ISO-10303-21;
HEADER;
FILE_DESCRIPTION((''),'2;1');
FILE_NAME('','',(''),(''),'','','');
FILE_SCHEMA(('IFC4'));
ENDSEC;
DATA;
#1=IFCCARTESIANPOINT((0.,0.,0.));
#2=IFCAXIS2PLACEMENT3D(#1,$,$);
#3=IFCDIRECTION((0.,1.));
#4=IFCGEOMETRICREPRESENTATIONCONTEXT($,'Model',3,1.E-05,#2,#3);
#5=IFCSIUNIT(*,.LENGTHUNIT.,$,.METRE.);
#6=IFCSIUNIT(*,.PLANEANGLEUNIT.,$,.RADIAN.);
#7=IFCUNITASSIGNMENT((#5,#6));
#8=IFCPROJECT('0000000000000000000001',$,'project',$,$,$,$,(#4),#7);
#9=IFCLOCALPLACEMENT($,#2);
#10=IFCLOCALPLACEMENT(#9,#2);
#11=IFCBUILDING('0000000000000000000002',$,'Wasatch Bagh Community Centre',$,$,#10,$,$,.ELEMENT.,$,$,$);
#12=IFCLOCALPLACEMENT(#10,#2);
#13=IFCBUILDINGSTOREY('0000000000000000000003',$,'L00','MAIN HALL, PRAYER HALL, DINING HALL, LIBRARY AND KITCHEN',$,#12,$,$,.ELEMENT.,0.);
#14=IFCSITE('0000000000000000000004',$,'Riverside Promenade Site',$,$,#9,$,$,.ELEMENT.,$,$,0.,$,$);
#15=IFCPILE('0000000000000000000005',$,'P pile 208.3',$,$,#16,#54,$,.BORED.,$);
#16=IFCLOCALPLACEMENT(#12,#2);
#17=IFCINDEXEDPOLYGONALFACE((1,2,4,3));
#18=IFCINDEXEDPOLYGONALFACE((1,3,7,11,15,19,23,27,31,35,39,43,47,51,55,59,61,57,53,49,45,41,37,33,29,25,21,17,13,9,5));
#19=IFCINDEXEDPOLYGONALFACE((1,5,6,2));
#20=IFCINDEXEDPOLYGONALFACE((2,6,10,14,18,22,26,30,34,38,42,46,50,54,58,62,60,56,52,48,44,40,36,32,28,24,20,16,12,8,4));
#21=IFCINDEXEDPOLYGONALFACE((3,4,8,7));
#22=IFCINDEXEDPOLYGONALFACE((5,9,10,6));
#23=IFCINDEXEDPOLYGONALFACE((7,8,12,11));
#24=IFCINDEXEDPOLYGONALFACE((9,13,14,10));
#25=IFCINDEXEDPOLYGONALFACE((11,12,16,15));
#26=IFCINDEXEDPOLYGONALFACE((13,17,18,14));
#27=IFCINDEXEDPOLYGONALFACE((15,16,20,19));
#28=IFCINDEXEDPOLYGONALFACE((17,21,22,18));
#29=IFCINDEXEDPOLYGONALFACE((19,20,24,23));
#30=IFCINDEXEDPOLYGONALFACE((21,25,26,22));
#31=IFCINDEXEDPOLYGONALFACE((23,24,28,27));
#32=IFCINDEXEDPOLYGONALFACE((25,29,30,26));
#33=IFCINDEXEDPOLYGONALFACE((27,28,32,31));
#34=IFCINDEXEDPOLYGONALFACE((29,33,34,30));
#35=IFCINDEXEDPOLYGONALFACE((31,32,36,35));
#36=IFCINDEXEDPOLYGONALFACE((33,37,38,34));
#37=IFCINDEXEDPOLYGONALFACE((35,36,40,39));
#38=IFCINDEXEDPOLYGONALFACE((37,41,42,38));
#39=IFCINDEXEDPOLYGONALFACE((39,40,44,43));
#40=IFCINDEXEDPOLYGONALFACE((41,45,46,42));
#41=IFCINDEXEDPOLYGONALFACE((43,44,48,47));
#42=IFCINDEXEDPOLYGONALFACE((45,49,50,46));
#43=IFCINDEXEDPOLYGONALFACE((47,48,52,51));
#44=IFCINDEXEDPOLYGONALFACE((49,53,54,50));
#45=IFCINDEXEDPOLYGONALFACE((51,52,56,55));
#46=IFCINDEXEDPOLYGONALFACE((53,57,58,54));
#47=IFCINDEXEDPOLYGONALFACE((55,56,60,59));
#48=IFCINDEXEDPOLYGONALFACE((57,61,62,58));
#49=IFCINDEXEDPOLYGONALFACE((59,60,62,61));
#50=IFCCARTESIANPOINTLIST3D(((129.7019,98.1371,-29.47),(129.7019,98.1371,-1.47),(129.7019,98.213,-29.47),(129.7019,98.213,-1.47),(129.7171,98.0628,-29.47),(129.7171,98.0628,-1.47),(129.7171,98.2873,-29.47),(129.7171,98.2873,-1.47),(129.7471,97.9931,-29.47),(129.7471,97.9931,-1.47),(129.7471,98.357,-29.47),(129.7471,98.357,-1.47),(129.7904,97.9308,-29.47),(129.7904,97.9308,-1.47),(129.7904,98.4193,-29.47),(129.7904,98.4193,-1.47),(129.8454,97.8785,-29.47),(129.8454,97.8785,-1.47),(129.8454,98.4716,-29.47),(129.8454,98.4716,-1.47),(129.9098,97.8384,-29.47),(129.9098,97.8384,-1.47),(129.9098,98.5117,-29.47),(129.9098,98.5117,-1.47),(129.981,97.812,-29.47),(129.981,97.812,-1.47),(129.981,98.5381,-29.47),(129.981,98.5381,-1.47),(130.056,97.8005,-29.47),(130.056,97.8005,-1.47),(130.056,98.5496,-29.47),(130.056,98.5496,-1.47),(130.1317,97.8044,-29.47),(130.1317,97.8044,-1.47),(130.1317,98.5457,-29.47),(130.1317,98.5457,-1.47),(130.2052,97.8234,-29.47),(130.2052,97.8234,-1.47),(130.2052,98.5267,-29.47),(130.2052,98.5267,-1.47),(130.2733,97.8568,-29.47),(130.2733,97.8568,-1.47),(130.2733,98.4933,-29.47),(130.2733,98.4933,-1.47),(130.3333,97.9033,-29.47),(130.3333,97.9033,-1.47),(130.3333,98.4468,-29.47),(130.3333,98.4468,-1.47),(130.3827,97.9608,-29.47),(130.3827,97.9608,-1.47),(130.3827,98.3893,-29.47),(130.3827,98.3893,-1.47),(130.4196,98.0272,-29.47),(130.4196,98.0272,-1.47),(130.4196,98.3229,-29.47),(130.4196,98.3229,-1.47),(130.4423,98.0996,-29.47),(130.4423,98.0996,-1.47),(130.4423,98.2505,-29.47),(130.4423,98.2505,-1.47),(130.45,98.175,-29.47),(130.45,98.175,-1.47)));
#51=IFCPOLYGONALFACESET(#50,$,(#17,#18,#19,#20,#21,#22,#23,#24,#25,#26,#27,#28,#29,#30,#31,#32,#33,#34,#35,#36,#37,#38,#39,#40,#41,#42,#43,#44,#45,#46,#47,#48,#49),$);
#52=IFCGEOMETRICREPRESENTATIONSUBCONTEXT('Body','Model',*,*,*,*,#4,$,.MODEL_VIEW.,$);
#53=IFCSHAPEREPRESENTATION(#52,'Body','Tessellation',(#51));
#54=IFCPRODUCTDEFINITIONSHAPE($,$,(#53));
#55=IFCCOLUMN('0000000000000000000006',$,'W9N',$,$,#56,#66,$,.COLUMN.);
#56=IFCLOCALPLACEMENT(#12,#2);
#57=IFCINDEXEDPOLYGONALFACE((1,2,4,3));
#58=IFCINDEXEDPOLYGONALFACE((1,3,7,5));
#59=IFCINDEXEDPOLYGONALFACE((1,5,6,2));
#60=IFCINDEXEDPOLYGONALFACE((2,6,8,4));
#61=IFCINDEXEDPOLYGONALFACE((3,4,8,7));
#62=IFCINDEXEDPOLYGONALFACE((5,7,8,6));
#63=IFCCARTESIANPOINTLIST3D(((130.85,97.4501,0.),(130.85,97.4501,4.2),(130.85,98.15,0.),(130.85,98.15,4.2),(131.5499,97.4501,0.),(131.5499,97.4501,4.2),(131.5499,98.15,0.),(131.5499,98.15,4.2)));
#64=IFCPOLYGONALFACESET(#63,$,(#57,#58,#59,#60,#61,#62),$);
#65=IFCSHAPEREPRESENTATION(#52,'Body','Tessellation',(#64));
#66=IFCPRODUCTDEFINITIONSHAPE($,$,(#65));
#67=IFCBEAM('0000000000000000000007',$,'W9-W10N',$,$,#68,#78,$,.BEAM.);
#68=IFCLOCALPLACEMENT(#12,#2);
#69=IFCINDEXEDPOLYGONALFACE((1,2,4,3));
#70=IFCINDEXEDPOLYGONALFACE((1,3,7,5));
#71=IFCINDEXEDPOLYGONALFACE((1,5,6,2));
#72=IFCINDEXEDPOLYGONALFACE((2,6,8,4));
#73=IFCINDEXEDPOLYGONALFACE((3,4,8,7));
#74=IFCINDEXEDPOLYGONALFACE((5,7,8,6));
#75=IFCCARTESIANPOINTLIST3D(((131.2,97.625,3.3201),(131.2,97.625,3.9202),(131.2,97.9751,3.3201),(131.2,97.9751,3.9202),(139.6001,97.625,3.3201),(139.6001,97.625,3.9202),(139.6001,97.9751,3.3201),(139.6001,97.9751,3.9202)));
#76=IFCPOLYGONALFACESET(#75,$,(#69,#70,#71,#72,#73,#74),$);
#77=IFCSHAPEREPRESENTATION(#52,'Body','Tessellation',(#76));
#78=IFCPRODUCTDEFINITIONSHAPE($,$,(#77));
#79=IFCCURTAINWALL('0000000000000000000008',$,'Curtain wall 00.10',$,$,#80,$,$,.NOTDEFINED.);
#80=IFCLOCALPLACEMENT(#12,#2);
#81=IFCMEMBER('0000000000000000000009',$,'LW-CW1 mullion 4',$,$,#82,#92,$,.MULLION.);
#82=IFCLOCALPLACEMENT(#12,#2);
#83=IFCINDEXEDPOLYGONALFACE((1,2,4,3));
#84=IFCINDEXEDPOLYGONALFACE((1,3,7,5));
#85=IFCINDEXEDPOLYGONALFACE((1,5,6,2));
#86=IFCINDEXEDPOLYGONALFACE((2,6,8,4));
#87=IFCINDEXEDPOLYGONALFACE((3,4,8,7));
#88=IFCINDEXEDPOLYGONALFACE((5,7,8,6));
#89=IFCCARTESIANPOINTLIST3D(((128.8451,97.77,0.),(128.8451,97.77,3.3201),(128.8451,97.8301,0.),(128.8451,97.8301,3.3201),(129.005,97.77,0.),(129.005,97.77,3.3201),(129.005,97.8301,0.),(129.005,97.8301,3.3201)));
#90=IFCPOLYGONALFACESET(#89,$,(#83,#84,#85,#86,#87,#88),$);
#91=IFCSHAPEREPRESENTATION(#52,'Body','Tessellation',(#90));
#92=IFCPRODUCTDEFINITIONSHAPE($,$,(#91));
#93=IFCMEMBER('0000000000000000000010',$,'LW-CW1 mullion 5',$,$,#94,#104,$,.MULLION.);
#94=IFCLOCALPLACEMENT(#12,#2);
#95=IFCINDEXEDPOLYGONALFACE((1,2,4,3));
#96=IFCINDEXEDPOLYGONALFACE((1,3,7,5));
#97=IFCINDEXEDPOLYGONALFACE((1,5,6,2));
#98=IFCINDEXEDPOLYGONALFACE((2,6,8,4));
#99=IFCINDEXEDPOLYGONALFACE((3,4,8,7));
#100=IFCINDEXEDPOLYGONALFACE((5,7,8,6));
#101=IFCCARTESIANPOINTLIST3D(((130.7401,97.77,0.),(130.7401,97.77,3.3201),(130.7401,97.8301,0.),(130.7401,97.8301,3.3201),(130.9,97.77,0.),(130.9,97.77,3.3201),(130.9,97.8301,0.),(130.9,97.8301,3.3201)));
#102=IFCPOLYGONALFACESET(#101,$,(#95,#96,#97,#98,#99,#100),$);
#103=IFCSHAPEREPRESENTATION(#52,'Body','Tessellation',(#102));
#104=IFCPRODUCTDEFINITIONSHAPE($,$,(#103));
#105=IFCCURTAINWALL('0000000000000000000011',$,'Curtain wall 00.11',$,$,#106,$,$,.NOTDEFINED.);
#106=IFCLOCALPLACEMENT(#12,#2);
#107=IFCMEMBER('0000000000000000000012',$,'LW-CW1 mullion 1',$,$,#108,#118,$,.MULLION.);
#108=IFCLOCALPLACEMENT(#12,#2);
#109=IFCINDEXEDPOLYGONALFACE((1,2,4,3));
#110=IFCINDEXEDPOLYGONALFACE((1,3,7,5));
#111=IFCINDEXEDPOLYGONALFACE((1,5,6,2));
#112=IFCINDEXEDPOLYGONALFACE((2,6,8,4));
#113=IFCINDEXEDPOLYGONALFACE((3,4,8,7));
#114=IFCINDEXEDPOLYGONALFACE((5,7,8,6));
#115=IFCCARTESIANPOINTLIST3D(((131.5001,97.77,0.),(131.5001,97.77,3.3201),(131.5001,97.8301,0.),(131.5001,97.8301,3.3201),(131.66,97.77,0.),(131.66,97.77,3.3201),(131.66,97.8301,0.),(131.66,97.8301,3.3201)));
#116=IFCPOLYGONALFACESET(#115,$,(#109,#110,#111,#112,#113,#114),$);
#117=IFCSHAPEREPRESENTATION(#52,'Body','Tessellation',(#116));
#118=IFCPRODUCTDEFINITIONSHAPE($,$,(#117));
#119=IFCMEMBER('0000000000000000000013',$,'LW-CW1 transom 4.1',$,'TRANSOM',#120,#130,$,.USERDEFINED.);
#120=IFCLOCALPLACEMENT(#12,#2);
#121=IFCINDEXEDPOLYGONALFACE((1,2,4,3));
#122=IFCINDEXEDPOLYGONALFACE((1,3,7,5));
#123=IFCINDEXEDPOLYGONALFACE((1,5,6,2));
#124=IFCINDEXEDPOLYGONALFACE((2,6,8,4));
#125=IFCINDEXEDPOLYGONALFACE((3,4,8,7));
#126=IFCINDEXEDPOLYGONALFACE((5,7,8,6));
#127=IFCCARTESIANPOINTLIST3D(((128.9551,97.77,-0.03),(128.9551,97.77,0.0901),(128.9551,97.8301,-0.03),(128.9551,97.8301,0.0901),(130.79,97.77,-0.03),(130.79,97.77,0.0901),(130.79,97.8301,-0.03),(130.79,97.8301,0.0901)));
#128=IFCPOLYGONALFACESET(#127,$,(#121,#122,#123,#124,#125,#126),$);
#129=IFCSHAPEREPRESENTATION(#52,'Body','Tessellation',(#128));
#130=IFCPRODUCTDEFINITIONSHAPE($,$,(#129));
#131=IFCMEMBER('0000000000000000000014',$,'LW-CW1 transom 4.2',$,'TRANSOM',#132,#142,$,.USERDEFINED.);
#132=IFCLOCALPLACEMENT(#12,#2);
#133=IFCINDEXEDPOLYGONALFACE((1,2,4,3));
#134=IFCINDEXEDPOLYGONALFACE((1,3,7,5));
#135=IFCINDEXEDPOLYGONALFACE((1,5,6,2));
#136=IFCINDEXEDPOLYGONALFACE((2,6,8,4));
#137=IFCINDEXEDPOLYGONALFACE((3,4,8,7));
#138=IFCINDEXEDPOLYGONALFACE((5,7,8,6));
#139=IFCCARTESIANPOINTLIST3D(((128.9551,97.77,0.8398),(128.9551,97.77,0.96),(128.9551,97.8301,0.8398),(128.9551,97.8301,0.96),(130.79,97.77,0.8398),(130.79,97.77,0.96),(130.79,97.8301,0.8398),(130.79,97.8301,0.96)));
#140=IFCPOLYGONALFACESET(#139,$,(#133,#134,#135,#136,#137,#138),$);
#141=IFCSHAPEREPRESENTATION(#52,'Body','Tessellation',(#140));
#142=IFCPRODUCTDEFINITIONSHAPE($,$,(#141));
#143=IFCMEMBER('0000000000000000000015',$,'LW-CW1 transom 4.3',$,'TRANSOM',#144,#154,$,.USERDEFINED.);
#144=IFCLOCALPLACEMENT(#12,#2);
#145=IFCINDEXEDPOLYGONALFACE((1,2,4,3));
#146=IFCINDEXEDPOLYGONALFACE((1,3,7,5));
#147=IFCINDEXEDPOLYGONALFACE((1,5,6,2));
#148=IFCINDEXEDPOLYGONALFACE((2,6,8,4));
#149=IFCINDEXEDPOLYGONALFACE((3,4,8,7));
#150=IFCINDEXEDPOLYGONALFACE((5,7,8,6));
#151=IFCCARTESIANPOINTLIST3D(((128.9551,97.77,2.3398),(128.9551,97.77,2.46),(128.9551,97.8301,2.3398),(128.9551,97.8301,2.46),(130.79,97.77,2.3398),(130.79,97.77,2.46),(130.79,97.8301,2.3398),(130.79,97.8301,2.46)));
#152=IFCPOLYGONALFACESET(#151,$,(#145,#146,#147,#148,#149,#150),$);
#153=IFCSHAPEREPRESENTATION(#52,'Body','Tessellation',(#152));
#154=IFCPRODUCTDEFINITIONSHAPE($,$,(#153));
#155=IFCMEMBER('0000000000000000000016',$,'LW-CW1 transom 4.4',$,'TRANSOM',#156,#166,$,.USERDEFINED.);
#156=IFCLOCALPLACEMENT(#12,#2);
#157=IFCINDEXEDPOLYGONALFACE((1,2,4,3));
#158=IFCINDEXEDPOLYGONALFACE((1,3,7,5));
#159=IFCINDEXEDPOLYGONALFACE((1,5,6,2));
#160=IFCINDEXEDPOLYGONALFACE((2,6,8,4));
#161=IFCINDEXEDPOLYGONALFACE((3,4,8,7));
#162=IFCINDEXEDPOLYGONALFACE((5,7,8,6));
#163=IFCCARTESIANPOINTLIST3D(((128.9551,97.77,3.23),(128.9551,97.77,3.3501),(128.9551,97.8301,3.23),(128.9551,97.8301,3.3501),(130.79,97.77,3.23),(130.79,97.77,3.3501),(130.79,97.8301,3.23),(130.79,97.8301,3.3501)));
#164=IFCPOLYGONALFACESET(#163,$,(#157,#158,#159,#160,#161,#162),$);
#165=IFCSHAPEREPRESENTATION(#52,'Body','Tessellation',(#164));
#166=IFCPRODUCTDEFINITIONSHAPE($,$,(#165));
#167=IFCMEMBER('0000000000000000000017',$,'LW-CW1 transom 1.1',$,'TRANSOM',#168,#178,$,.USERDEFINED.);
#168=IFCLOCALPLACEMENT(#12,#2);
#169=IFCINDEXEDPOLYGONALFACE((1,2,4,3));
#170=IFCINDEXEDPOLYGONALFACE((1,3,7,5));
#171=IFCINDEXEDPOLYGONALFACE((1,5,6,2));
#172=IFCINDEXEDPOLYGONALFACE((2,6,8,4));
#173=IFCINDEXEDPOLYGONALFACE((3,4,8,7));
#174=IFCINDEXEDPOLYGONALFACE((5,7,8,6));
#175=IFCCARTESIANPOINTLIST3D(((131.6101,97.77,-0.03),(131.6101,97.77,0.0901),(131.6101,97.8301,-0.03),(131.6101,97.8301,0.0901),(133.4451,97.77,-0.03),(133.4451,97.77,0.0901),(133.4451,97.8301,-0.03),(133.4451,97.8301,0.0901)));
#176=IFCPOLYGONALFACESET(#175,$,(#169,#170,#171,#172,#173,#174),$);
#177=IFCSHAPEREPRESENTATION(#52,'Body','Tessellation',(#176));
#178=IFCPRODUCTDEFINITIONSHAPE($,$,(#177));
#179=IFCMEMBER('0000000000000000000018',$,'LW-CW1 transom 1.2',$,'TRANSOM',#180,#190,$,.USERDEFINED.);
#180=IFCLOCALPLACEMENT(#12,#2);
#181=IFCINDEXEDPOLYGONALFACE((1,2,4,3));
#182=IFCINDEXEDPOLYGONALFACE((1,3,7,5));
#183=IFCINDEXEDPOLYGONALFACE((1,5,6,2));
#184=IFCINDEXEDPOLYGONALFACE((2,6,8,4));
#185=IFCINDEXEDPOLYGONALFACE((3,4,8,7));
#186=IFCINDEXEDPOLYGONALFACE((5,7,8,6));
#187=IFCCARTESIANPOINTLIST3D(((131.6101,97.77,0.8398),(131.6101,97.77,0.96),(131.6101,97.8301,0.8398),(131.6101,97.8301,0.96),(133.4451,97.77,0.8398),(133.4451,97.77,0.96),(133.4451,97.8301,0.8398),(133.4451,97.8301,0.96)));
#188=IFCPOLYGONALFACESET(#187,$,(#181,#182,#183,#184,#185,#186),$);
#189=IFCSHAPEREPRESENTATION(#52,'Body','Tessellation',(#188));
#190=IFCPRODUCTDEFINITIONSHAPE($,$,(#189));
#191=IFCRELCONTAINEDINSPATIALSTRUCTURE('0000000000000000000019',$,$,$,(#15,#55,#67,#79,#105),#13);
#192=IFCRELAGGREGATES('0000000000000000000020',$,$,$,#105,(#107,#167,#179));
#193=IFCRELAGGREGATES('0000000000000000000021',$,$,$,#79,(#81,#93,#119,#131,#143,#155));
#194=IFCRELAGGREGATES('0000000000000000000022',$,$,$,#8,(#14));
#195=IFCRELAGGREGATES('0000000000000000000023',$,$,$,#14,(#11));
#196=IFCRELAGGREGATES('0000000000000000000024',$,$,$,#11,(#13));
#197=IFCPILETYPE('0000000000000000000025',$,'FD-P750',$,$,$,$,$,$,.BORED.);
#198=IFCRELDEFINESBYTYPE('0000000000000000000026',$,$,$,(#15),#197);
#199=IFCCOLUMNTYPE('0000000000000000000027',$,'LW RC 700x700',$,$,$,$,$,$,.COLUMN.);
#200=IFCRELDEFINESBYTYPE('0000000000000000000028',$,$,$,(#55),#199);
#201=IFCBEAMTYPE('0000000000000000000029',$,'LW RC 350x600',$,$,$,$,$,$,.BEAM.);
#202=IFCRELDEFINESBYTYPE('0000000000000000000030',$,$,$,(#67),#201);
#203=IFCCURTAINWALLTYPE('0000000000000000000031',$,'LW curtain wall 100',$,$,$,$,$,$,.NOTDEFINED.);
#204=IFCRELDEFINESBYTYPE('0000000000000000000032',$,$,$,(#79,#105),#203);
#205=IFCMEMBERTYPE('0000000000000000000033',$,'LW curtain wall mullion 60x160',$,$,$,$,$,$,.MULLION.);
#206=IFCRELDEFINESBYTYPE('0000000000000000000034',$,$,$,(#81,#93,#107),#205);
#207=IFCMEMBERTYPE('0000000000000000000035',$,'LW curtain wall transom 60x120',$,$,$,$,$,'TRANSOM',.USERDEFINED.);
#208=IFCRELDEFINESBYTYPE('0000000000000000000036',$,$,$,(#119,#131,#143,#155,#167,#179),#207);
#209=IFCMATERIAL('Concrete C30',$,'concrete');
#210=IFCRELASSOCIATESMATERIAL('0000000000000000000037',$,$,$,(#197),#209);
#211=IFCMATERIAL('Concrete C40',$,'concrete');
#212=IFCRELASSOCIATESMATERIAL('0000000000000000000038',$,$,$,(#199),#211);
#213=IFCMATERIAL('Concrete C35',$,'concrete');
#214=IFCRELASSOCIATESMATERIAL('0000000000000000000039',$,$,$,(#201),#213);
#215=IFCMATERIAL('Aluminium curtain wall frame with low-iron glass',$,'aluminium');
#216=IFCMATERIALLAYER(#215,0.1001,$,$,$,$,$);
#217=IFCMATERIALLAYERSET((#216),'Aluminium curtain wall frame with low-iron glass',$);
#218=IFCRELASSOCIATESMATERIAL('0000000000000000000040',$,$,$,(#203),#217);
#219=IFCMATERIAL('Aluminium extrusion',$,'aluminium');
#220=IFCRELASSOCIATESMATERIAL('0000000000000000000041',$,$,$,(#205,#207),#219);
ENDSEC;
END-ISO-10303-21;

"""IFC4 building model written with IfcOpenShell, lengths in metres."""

from ifc_helpers import new_model, si_unit, direction, frame, origin, origin_2d, place, context, subcontext, project, spatial, rectangle, circle, extrude, material, layer, layer_set, material_profile, profile_set, type_object, element, aggregate, save


model = new_model("IFC4")

# Units and contexts
model_context = context("Model", 3, precision=1e-05, world=origin(), true_north=direction((0.0, 1.0)))
body_context = subcontext(model_context, "Body", "Model", "MODEL_VIEW")
ifc_project = project(units=[si_unit("LENGTHUNIT", "METRE"), si_unit("PLANEANGLEUNIT", "RADIAN")], contexts=[model_context])

# Site, building, storey
site_placement = place(None, origin())
site = spatial("IfcSite", under=ifc_project, at=site_placement, Name="Riverside Promenade Site", CompositionType="ELEMENT", RefElevation=0.0)
building_placement = place(site_placement, origin())
building = spatial("IfcBuilding", under=site, at=building_placement, Name="Wasatch Bagh Community Centre", CompositionType="ELEMENT")
storey_placement = place(building_placement, origin())
storey = spatial("IfcBuildingStorey", under=building, at=storey_placement, Name="L00", Description="MAIN HALL, PRAYER HALL, DINING HALL, LIBRARY AND KITCHEN", CompositionType="ELEMENT", Elevation=0.0)

# Pile
ifc_material_1 = material(Name="Concrete C30", Category="concrete")
ifc_material_profile_1 = material_profile(ifc_material_1, circle(Radius=0.375, at=origin_2d()), Name="RC D750")
ifc_profile_set_1 = profile_set([ifc_material_profile_1], Name="Concrete C30")
pile_type = type_object("IfcPileType", Name="FD-P750", PredefinedType="BORED", material=ifc_profile_set_1)
pile_placement = place(storey_placement, frame((130.075, 98.175, -1.47), z_axis=(0.0, 0.0, -1.0), x_axis=(1.0, 0.0, 0.0)))
element("IfcPile", 1, at=pile_placement, inside=storey, type_object=pile_type, Name="P pile 208.3", PredefinedType="BORED", context=body_context, shape_type="SweptSolid", body=[
    extrude(circle(Radius=0.375, at=origin_2d()), origin(), (0.0, 0.0, 1.0), 28.0),
])

# Column
ifc_material_2 = material(Name="Concrete C40", Category="concrete")
ifc_material_profile_2 = material_profile(ifc_material_2, rectangle(XDim=0.7, YDim=0.7, at=origin_2d()), Name="RC 700x700")
ifc_profile_set_2 = profile_set([ifc_material_profile_2], Name="Concrete C40")
column_type = type_object("IfcColumnType", Name="LW RC 700x700", PredefinedType="COLUMN", material=ifc_profile_set_2)
column_placement = place(storey_placement, frame((131.2, 97.8, 0.0), z_axis=(0.0, 0.0, 1.0), x_axis=(1.0, 0.0, 0.0)))
element("IfcColumn", 2, at=column_placement, inside=storey, type_object=column_type, Name="W9N", PredefinedType="COLUMN", context=body_context, shape_type="SweptSolid", body=[
    extrude(rectangle(XDim=0.7, YDim=0.7, at=origin_2d()), origin(), (0.0, 0.0, 1.0), 4.2),
])

# Beam
ifc_material_3 = material(Name="Concrete C35", Category="concrete")
ifc_material_profile_3 = material_profile(ifc_material_3, rectangle(XDim=0.3501, YDim=0.6001, at=origin_2d()), Name="RC 350x600")
ifc_profile_set_3 = profile_set([ifc_material_profile_3], Name="Concrete C35")
beam_type = type_object("IfcBeamType", Name="LW RC 350x600", PredefinedType="BEAM", material=ifc_profile_set_3)
beam_placement = place(storey_placement, frame((131.2, 97.8, 3.6201), z_axis=(1.0, 0.0, 0.0), x_axis=(0.0, 1.0, 0.0)))
element("IfcBeam", 3, at=beam_placement, inside=storey, type_object=beam_type, Name="W9-W10N", PredefinedType="BEAM", context=body_context, shape_type="SweptSolid", body=[
    extrude(rectangle(XDim=0.3501, YDim=0.6001, at=origin_2d()), origin(), (0.0, 0.0, 1.0), 8.4001),
])

# Curtain wall, members
ifc_material_4 = material(Name="Aluminium curtain wall frame with low-iron glass", Category="aluminium")
ifc_layer_1 = layer(ifc_material_4, 0.1001)
ifc_layer_set_1 = layer_set([ifc_layer_1], Name="Aluminium curtain wall frame with low-iron glass")
curtain_wall_type = type_object("IfcCurtainWallType", Name="LW curtain wall 100", PredefinedType="NOTDEFINED", material=ifc_layer_set_1)
curtain_wall_1_placement = place(storey_placement, origin())
curtain_wall_1 = element("IfcCurtainWall", 4, at=curtain_wall_1_placement, inside=storey, type_object=curtain_wall_type, Name="Curtain wall 00.10", PredefinedType="NOTDEFINED")
ifc_material_5 = material(Name="Aluminium extrusion", Category="aluminium")
ifc_material_profile_4 = material_profile(ifc_material_5, rectangle(XDim=0.0601, YDim=0.1599, at=origin_2d()), Name="AL 60x160")
ifc_profile_set_4 = profile_set([ifc_material_profile_4], Name="Aluminium extrusion")
member_type_1 = type_object("IfcMemberType", Name="LW curtain wall mullion 60x160", PredefinedType="MULLION", material=ifc_profile_set_4)
member_1_placement = place(storey_placement, frame((128.925, 97.8, 0.0), z_axis=(0.0, 0.0, 1.0), x_axis=(0.0, 1.0, 0.0)))
member_1 = element("IfcMember", 5, at=member_1_placement, type_object=member_type_1, Name="LW-CW1 mullion 4", PredefinedType="MULLION", context=body_context, shape_type="SweptSolid", body=[
    extrude(rectangle(XDim=0.0601, YDim=0.1599, at=origin_2d()), origin(), (0.0, 0.0, 1.0), 3.3201),
])
member_2_placement = place(storey_placement, frame((130.8201, 97.8, 0.0), z_axis=(0.0, 0.0, 1.0), x_axis=(0.0, 1.0, 0.0)))
member_2 = element("IfcMember", 6, at=member_2_placement, type_object=member_type_1, Name="LW-CW1 mullion 5", PredefinedType="MULLION", context=body_context, shape_type="SweptSolid", body=[
    extrude(rectangle(XDim=0.0601, YDim=0.1599, at=origin_2d()), origin(), (0.0, 0.0, 1.0), 3.3201),
])

# Curtain wall, member
curtain_wall_2_placement = place(storey_placement, origin())
curtain_wall_2 = element("IfcCurtainWall", 7, at=curtain_wall_2_placement, inside=storey, type_object=curtain_wall_type, Name="Curtain wall 00.11", PredefinedType="NOTDEFINED")
member_3_placement = place(storey_placement, frame((131.5801, 97.8, 0.0), z_axis=(0.0, 0.0, 1.0), x_axis=(0.0, 1.0, 0.0)))
member_3 = element("IfcMember", 8, at=member_3_placement, type_object=member_type_1, Name="LW-CW1 mullion 1", PredefinedType="MULLION", context=body_context, shape_type="SweptSolid", body=[
    extrude(rectangle(XDim=0.0601, YDim=0.1599, at=origin_2d()), origin(), (0.0, 0.0, 1.0), 3.3201),
])

# Members
ifc_material_profile_5 = material_profile(ifc_material_5, rectangle(XDim=0.0601, YDim=0.1201, at=origin_2d()), Name="AL 60x120")
ifc_profile_set_5 = profile_set([ifc_material_profile_5], Name="Aluminium extrusion")
member_type_2 = type_object("IfcMemberType", Name="LW curtain wall transom 60x120", ElementType="TRANSOM", PredefinedType="USERDEFINED", material=ifc_profile_set_5)
member_4_placement = place(storey_placement, frame((128.9551, 97.8, 0.03), z_axis=(1.0, 0.0, 0.0), x_axis=(0.0, 1.0, 0.0)))
member_4 = element("IfcMember", 9, at=member_4_placement, type_object=member_type_2, Name="LW-CW1 transom 4.1", ObjectType="TRANSOM", PredefinedType="USERDEFINED", context=body_context, shape_type="SweptSolid", body=[
    extrude(rectangle(XDim=0.0601, YDim=0.1201, at=origin_2d()), origin(), (0.0, 0.0, 1.0), 1.835),
])
member_5_placement = place(storey_placement, frame((128.9551, 97.8, 0.8999), z_axis=(1.0, 0.0, 0.0), x_axis=(0.0, 1.0, 0.0)))
member_5 = element("IfcMember", 10, at=member_5_placement, type_object=member_type_2, Name="LW-CW1 transom 4.2", ObjectType="TRANSOM", PredefinedType="USERDEFINED", context=body_context, shape_type="SweptSolid", body=[
    extrude(rectangle(XDim=0.0601, YDim=0.1201, at=origin_2d()), origin(), (0.0, 0.0, 1.0), 1.835),
])
member_6_placement = place(storey_placement, frame((128.9551, 97.8, 2.3999), z_axis=(1.0, 0.0, 0.0), x_axis=(0.0, 1.0, 0.0)))
member_6 = element("IfcMember", 11, at=member_6_placement, type_object=member_type_2, Name="LW-CW1 transom 4.3", ObjectType="TRANSOM", PredefinedType="USERDEFINED", context=body_context, shape_type="SweptSolid", body=[
    extrude(rectangle(XDim=0.0601, YDim=0.1201, at=origin_2d()), origin(), (0.0, 0.0, 1.0), 1.835),
])
member_7_placement = place(storey_placement, frame((128.9551, 97.8, 3.29), z_axis=(1.0, 0.0, 0.0), x_axis=(0.0, 1.0, 0.0)))
member_7 = element("IfcMember", 12, at=member_7_placement, type_object=member_type_2, Name="LW-CW1 transom 4.4", ObjectType="TRANSOM", PredefinedType="USERDEFINED", context=body_context, shape_type="SweptSolid", body=[
    extrude(rectangle(XDim=0.0601, YDim=0.1201, at=origin_2d()), origin(), (0.0, 0.0, 1.0), 1.835),
])
member_8_placement = place(storey_placement, frame((131.6101, 97.8, 0.03), z_axis=(1.0, 0.0, 0.0), x_axis=(0.0, 1.0, 0.0)))
member_8 = element("IfcMember", 13, at=member_8_placement, type_object=member_type_2, Name="LW-CW1 transom 1.1", ObjectType="TRANSOM", PredefinedType="USERDEFINED", context=body_context, shape_type="SweptSolid", body=[
    extrude(rectangle(XDim=0.0601, YDim=0.1201, at=origin_2d()), origin(), (0.0, 0.0, 1.0), 1.835),
])
member_9_placement = place(storey_placement, frame((131.6101, 97.8, 0.8999), z_axis=(1.0, 0.0, 0.0), x_axis=(0.0, 1.0, 0.0)))
member_9 = element("IfcMember", 14, at=member_9_placement, type_object=member_type_2, Name="LW-CW1 transom 1.2", ObjectType="TRANSOM", PredefinedType="USERDEFINED", context=body_context, shape_type="SweptSolid", body=[
    extrude(rectangle(XDim=0.0601, YDim=0.1201, at=origin_2d()), origin(), (0.0, 0.0, 1.0), 1.835),
])
aggregate(curtain_wall_2, [member_3, member_8, member_9])

aggregate(curtain_wall_1, [member_1, member_2, member_4, member_5, member_6, member_7])

save(model, "model.ifc")
